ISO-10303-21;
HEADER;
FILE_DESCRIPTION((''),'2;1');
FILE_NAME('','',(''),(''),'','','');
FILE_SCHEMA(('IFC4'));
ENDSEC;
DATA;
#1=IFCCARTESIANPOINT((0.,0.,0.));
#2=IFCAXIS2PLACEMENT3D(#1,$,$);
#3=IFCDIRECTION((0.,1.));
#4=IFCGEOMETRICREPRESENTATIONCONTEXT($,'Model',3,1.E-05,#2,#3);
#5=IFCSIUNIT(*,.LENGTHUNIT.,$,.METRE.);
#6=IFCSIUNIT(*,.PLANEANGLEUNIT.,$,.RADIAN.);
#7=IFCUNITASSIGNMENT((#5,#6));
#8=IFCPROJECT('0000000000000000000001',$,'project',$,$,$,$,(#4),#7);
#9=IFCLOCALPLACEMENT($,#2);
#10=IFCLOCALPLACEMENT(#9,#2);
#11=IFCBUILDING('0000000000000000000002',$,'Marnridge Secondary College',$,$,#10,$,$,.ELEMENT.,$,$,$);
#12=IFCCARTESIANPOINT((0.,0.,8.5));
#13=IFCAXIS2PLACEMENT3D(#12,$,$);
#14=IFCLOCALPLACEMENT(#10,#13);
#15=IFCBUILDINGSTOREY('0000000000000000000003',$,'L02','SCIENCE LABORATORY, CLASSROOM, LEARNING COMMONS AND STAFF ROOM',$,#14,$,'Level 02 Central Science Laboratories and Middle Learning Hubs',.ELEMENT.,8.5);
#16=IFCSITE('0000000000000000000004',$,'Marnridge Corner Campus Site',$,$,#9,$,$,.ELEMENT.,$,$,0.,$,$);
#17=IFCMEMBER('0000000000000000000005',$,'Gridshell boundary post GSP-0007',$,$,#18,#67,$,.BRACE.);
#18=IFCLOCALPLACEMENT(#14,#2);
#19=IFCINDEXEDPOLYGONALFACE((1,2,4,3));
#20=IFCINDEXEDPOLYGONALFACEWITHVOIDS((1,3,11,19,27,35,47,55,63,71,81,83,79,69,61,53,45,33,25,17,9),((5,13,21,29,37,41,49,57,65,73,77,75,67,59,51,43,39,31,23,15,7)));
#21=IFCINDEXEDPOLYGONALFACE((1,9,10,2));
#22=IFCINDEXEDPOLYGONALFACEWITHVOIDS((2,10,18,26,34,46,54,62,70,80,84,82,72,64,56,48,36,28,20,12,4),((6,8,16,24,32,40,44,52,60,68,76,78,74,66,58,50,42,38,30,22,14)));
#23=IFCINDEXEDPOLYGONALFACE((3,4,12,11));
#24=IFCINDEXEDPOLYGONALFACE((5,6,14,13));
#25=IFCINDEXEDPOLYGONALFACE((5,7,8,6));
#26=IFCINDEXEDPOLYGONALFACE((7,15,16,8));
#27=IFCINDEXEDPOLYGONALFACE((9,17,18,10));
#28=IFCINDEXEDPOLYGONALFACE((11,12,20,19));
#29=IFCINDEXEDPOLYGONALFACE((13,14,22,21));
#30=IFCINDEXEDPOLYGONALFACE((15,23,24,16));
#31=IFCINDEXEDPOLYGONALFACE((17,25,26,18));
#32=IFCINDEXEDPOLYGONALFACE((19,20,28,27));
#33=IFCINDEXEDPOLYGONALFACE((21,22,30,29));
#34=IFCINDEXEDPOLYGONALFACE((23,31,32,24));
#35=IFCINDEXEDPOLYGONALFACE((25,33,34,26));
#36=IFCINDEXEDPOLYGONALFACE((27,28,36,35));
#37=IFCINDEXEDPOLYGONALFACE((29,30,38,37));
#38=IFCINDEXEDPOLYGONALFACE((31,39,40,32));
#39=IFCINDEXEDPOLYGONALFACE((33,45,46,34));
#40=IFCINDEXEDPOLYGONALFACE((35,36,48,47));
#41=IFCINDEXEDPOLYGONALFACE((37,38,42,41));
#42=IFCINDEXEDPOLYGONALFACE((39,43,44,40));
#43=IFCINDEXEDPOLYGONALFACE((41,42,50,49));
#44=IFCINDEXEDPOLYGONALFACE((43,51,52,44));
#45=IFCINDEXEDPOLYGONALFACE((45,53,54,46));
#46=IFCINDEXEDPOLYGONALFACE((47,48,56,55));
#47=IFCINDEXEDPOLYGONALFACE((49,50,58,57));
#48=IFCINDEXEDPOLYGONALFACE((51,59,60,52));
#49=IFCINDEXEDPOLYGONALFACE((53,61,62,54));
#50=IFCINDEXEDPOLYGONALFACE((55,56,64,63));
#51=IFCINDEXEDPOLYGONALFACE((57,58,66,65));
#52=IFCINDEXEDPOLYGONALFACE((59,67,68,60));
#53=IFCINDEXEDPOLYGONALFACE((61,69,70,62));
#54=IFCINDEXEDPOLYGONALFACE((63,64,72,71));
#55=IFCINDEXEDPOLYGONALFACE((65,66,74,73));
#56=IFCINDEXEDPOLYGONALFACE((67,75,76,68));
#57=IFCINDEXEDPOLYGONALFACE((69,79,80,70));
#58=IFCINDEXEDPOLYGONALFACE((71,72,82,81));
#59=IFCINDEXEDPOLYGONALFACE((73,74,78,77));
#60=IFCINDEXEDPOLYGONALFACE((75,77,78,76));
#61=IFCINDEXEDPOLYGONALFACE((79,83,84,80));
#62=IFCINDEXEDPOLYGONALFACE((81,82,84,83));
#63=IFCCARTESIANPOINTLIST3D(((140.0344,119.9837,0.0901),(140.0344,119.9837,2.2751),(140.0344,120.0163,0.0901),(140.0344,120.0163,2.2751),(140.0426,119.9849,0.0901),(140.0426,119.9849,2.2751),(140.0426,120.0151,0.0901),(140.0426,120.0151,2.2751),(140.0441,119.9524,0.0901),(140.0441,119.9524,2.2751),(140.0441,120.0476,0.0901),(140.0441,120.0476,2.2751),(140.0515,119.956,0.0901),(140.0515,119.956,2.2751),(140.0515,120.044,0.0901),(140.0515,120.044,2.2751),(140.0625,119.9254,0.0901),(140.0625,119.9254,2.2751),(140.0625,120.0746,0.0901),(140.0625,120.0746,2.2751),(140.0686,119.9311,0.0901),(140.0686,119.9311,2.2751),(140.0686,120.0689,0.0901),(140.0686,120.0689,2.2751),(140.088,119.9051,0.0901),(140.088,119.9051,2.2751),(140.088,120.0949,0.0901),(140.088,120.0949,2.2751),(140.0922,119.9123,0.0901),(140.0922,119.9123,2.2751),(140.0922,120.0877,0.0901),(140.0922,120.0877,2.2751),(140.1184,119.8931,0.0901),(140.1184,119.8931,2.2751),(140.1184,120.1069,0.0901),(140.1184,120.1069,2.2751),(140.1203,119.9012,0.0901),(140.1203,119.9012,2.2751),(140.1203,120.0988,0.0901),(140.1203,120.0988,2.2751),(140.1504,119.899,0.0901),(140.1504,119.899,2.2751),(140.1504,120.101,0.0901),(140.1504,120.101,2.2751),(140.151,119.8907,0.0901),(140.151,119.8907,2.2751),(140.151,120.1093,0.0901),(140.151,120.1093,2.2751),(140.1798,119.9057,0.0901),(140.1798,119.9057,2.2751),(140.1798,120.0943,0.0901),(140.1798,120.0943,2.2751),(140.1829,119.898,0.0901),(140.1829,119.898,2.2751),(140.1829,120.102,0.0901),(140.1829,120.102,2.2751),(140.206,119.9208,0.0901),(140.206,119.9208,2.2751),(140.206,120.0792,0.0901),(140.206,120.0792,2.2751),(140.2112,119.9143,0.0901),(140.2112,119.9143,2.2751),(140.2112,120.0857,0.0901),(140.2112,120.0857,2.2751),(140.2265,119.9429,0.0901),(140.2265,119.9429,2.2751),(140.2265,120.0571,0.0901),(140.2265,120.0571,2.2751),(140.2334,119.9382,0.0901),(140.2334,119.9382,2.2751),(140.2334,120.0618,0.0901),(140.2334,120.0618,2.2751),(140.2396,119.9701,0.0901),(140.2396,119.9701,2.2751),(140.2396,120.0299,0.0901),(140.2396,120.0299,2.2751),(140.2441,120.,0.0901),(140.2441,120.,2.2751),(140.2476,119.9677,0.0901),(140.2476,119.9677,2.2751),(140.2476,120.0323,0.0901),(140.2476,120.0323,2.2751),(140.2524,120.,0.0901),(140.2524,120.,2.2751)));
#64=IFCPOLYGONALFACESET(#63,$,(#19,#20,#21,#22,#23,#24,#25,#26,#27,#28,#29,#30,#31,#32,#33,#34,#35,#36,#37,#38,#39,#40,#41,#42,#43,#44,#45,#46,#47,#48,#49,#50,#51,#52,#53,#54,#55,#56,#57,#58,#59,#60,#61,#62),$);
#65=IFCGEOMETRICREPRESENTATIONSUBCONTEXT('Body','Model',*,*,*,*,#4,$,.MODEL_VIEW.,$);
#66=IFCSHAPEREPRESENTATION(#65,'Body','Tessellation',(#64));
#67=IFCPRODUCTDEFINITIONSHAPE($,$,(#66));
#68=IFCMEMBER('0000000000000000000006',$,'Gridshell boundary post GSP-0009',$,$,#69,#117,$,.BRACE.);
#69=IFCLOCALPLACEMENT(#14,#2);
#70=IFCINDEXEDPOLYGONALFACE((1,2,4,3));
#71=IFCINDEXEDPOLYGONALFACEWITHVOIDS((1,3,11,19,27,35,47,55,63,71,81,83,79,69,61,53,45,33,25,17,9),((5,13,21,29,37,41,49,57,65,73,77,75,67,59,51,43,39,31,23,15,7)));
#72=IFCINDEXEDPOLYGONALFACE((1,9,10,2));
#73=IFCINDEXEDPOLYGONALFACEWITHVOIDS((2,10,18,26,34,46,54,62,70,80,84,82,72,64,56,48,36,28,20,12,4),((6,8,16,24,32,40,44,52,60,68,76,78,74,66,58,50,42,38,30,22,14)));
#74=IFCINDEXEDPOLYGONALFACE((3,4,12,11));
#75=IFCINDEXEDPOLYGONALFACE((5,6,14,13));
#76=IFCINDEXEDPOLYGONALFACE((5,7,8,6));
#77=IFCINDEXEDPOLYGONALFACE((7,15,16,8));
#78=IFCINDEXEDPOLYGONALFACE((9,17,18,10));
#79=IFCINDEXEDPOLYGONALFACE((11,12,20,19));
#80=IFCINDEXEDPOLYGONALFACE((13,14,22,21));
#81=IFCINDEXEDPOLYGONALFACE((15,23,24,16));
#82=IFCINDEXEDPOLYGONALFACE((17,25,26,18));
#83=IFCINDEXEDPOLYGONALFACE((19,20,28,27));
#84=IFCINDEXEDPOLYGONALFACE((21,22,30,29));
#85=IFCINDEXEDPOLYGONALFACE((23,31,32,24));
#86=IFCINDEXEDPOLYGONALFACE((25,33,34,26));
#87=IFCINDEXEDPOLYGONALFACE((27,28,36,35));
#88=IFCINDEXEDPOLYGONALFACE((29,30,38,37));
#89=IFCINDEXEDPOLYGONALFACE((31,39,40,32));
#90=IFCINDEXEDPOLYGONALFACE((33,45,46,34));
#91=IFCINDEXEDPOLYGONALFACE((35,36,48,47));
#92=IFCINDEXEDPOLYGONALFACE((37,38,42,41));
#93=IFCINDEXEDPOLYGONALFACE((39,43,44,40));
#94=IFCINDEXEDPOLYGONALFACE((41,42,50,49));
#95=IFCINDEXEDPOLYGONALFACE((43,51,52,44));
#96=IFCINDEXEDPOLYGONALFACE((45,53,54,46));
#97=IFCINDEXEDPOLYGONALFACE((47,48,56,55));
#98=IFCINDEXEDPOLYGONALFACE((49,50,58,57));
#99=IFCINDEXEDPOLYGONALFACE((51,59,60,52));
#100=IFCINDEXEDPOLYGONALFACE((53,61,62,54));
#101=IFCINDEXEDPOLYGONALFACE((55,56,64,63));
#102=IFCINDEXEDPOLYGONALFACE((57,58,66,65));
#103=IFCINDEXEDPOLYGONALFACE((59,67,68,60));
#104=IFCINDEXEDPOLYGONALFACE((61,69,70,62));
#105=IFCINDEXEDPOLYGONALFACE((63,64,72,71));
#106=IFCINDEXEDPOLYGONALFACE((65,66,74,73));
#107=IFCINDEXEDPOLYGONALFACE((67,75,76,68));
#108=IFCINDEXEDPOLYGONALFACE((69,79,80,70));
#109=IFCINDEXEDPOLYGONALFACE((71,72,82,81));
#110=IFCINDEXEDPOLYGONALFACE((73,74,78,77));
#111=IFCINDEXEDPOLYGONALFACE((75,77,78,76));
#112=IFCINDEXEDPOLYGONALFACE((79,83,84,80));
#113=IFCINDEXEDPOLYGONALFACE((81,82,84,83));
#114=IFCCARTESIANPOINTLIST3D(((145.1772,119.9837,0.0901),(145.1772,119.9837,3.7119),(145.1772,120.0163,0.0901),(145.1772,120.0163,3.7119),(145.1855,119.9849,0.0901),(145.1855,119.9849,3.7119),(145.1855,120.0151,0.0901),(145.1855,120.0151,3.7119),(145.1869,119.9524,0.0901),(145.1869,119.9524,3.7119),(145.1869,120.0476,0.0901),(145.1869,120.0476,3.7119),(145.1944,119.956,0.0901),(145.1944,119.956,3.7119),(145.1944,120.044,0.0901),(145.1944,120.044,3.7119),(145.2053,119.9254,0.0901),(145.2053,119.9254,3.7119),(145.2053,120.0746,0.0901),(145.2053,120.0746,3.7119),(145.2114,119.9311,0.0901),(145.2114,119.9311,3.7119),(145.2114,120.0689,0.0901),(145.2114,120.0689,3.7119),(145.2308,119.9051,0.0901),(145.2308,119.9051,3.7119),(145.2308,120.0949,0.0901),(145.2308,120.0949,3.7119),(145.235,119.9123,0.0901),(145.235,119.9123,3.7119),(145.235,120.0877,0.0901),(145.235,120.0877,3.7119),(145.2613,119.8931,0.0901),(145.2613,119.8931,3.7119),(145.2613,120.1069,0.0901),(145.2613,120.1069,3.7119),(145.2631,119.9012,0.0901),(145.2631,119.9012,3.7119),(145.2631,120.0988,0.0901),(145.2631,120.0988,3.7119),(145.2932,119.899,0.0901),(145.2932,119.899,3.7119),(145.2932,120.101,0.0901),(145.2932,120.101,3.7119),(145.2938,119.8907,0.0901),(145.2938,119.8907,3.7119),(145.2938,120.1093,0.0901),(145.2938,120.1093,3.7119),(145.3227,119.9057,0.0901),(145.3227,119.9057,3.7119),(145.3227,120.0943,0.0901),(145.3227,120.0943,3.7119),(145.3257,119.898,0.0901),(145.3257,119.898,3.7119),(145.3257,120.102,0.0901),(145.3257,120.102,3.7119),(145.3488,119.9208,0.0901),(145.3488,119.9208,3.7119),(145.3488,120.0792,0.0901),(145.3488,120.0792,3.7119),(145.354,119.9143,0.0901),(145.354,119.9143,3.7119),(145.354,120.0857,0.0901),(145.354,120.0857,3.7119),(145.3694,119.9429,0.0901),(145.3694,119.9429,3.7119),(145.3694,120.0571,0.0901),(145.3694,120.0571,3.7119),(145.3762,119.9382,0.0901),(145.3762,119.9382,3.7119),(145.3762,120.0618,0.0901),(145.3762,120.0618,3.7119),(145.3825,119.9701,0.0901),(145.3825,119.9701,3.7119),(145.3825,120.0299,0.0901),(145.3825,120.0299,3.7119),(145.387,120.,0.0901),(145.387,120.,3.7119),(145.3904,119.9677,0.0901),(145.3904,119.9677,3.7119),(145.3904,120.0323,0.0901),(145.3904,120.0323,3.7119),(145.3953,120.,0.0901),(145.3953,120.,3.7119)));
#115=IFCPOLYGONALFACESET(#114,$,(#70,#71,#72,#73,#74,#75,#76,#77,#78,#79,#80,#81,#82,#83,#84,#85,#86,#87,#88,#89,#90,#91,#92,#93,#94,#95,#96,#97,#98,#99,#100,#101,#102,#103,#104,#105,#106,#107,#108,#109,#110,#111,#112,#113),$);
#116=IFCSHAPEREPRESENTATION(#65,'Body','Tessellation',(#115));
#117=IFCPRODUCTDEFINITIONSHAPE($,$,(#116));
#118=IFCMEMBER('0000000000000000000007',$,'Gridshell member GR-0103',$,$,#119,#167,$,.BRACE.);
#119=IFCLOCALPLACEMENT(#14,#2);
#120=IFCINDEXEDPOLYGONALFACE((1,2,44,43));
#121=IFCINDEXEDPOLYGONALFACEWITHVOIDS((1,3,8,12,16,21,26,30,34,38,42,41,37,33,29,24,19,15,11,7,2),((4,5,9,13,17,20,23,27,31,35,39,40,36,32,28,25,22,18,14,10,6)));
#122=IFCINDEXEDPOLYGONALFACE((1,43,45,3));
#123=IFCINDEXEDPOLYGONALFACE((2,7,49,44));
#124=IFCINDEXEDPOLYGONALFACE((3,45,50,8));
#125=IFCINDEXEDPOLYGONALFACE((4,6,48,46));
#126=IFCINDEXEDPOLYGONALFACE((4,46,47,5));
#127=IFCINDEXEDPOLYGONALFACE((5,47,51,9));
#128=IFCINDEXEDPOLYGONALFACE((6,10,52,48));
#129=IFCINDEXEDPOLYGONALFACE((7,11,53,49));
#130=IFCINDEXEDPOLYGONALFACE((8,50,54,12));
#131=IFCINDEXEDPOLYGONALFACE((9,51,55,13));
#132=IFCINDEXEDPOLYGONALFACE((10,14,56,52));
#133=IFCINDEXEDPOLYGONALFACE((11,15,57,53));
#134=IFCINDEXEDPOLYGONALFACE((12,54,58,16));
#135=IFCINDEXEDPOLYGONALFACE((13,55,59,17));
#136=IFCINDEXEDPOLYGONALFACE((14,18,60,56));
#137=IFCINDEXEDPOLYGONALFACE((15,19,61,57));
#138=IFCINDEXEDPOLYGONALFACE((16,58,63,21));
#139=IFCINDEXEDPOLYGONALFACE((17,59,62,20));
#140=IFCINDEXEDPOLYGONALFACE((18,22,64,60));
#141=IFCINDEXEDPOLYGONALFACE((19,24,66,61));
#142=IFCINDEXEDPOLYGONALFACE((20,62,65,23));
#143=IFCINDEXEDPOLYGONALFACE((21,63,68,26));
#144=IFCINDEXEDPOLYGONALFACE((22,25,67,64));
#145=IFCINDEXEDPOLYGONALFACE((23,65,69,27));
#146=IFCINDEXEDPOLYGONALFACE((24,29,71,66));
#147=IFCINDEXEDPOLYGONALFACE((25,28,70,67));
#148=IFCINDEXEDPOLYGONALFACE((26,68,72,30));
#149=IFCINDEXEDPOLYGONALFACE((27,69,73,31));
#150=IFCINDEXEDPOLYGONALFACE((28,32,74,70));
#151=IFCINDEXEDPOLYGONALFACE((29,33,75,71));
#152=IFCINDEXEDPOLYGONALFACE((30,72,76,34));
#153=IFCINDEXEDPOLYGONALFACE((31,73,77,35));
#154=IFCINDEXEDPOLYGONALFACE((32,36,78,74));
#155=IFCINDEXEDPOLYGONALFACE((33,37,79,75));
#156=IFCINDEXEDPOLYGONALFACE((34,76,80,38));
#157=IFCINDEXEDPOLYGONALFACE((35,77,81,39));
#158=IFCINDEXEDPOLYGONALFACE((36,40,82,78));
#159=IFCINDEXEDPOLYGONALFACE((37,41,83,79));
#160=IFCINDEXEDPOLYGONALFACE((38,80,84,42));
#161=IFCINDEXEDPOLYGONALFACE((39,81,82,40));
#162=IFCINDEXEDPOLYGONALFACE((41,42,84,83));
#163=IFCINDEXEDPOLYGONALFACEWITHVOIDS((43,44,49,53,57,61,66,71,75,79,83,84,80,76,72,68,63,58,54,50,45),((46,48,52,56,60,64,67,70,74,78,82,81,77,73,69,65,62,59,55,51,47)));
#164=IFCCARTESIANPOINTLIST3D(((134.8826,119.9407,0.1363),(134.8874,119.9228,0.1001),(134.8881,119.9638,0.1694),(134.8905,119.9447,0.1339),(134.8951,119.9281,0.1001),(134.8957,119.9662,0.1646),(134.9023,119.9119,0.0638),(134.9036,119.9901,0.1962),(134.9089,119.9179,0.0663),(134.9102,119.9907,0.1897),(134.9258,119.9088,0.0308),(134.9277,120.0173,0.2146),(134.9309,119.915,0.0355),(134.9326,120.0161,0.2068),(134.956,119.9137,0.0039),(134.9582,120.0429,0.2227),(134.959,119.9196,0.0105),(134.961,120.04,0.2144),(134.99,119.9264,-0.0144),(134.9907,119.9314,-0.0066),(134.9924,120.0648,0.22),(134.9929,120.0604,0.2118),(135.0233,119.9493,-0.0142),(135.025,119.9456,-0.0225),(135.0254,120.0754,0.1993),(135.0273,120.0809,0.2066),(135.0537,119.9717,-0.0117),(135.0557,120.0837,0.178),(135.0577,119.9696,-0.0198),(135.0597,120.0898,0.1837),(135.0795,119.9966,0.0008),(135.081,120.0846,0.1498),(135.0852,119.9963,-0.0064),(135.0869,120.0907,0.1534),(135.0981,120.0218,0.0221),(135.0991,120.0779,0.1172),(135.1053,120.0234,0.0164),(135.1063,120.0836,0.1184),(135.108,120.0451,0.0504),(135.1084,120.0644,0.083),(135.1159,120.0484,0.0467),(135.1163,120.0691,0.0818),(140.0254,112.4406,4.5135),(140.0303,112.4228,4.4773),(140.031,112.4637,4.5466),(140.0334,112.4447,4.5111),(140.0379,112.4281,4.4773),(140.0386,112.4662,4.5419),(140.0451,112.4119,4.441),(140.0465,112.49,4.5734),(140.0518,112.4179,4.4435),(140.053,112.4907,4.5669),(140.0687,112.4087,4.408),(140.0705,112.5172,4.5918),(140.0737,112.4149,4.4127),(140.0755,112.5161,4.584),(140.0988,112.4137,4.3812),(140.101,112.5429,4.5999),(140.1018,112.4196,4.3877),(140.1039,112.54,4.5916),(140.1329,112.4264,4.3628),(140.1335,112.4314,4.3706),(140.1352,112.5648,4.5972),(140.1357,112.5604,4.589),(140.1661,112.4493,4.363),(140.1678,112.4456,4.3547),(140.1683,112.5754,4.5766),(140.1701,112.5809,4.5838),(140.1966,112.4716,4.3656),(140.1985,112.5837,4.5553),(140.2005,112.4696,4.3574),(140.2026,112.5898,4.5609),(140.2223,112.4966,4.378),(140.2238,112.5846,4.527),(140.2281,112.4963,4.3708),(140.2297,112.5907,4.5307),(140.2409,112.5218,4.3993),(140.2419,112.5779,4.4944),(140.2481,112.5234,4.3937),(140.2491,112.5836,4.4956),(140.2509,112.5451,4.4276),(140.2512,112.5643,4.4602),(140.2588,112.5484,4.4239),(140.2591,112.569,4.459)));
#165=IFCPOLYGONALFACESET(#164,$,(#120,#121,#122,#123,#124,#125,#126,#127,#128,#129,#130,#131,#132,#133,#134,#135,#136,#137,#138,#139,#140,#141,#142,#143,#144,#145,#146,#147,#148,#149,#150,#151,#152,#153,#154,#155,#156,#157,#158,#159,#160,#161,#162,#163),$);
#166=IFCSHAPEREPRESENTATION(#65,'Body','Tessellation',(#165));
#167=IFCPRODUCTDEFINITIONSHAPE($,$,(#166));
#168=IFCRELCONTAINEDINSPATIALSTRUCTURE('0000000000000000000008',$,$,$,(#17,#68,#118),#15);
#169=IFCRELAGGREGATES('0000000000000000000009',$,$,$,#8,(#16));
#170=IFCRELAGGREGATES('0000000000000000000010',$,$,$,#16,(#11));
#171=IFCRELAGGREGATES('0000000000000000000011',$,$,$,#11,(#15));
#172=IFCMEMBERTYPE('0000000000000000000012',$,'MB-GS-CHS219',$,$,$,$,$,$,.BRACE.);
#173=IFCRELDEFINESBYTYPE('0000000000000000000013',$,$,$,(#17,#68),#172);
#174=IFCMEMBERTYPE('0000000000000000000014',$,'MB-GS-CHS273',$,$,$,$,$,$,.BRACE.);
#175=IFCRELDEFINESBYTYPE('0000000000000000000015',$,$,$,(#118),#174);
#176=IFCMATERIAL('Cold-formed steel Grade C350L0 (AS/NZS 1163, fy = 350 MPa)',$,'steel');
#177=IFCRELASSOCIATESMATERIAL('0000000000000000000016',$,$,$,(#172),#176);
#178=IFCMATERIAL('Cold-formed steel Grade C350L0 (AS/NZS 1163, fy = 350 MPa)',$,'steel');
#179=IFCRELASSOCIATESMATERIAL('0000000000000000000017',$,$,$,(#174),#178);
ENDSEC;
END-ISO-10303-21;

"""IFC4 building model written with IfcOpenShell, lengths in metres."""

from ifc_helpers import new_model, si_unit, direction, frame, origin, origin_2d, place, context, subcontext, project, spatial, hollow_circle, extrude, material, material_profile, profile_set, type_object, element, save


model = new_model("IFC4")

# Units and contexts
model_context = context("Model", 3, precision=1e-05, world=origin(), true_north=direction((0.0, 1.0)))
body_context = subcontext(model_context, "Body", "Model", "MODEL_VIEW")
ifc_project = project(units=[si_unit("LENGTHUNIT", "METRE"), si_unit("PLANEANGLEUNIT", "RADIAN")], contexts=[model_context])

# Site, building, storey
site_placement = place(None, origin())
site = spatial("IfcSite", under=ifc_project, at=site_placement, Name="Marnridge Corner Campus Site", CompositionType="ELEMENT", RefElevation=0.0)
building_placement = place(site_placement, origin())
building = spatial("IfcBuilding", under=site, at=building_placement, Name="Marnridge Secondary College", CompositionType="ELEMENT")
storey_placement = place(building_placement, frame((0.0, 0.0, 8.5)))
storey = spatial("IfcBuildingStorey", under=building, at=storey_placement, Name="L02", Description="SCIENCE LABORATORY, CLASSROOM, LEARNING COMMONS AND STAFF ROOM", LongName="Level 02 Central Science Laboratories and Middle Learning Hubs", CompositionType="ELEMENT", Elevation=8.5)

# Members
ifc_material_1 = material(Name="Cold-formed steel Grade C350L0 (AS/NZS 1163, fy = 350 MPa)", Category="steel")
ifc_material_profile_1 = material_profile(ifc_material_1, hollow_circle(Radius=0.1096, WallThickness=0.0083, at=origin_2d()), Name="219.1x8.2CHS")
ifc_profile_set_1 = profile_set([ifc_material_profile_1], Name="Cold-formed steel Grade C350L0 (AS/NZS 1163, fy = 350 MPa)")
member_type_1 = type_object("IfcMemberType", Name="MB-GS-CHS219", PredefinedType="BRACE", material=ifc_profile_set_1)
member_1_placement = place(storey_placement, frame((140.1428, 120.0, 0.0901), z_axis=(0.0, 0.0, 1.0), x_axis=(1.0, 0.0, 0.0)))
element("IfcMember", 1, at=member_1_placement, inside=storey, type_object=member_type_1, Name="Gridshell boundary post GSP-0007", PredefinedType="BRACE", context=body_context, shape_type="SweptSolid", body=[
    extrude(hollow_circle(Radius=0.1096, WallThickness=0.0083, at=origin_2d()), origin(), (0.0, 0.0, 1.0), 2.1851),
])
member_2_placement = place(storey_placement, frame((145.2856, 120.0, 0.0901), z_axis=(0.0, 0.0, 1.0), x_axis=(1.0, 0.0, 0.0)))
element("IfcMember", 2, at=member_2_placement, inside=storey, type_object=member_type_1, Name="Gridshell boundary post GSP-0009", PredefinedType="BRACE", context=body_context, shape_type="SweptSolid", body=[
    extrude(hollow_circle(Radius=0.1096, WallThickness=0.0083, at=origin_2d()), origin(), (0.0, 0.0, 1.0), 3.6218),
])
ifc_material_2 = material(Name="Cold-formed steel Grade C350L0 (AS/NZS 1163, fy = 350 MPa)", Category="steel")
ifc_material_profile_2 = material_profile(ifc_material_2, hollow_circle(Radius=0.1365, WallThickness=0.0093, at=origin_2d()), Name="273.1x9.3CHS")
ifc_profile_set_2 = profile_set([ifc_material_profile_2], Name="Cold-formed steel Grade C350L0 (AS/NZS 1163, fy = 350 MPa)")
member_type_2 = type_object("IfcMemberType", Name="MB-GS-CHS273", PredefinedType="BRACE", material=ifc_profile_set_2)
member_3_placement = place(storey_placement, frame((140.1428, 112.5, 4.4773), z_axis=(-0.509569, 0.743126, -0.433708), x_axis=(-0.824731, -0.565526, 0.0)))
element("IfcMember", 3, at=member_3_placement, inside=storey, type_object=member_type_2, Name="Gridshell member GR-0103", PredefinedType="BRACE", context=body_context, shape_type="SweptSolid", body=[
    extrude(hollow_circle(Radius=0.1365, WallThickness=0.0093, at=origin_2d()), origin(), (0.0, 0.0, 1.0), 10.0925),
])

save(model, "model.ifc")
